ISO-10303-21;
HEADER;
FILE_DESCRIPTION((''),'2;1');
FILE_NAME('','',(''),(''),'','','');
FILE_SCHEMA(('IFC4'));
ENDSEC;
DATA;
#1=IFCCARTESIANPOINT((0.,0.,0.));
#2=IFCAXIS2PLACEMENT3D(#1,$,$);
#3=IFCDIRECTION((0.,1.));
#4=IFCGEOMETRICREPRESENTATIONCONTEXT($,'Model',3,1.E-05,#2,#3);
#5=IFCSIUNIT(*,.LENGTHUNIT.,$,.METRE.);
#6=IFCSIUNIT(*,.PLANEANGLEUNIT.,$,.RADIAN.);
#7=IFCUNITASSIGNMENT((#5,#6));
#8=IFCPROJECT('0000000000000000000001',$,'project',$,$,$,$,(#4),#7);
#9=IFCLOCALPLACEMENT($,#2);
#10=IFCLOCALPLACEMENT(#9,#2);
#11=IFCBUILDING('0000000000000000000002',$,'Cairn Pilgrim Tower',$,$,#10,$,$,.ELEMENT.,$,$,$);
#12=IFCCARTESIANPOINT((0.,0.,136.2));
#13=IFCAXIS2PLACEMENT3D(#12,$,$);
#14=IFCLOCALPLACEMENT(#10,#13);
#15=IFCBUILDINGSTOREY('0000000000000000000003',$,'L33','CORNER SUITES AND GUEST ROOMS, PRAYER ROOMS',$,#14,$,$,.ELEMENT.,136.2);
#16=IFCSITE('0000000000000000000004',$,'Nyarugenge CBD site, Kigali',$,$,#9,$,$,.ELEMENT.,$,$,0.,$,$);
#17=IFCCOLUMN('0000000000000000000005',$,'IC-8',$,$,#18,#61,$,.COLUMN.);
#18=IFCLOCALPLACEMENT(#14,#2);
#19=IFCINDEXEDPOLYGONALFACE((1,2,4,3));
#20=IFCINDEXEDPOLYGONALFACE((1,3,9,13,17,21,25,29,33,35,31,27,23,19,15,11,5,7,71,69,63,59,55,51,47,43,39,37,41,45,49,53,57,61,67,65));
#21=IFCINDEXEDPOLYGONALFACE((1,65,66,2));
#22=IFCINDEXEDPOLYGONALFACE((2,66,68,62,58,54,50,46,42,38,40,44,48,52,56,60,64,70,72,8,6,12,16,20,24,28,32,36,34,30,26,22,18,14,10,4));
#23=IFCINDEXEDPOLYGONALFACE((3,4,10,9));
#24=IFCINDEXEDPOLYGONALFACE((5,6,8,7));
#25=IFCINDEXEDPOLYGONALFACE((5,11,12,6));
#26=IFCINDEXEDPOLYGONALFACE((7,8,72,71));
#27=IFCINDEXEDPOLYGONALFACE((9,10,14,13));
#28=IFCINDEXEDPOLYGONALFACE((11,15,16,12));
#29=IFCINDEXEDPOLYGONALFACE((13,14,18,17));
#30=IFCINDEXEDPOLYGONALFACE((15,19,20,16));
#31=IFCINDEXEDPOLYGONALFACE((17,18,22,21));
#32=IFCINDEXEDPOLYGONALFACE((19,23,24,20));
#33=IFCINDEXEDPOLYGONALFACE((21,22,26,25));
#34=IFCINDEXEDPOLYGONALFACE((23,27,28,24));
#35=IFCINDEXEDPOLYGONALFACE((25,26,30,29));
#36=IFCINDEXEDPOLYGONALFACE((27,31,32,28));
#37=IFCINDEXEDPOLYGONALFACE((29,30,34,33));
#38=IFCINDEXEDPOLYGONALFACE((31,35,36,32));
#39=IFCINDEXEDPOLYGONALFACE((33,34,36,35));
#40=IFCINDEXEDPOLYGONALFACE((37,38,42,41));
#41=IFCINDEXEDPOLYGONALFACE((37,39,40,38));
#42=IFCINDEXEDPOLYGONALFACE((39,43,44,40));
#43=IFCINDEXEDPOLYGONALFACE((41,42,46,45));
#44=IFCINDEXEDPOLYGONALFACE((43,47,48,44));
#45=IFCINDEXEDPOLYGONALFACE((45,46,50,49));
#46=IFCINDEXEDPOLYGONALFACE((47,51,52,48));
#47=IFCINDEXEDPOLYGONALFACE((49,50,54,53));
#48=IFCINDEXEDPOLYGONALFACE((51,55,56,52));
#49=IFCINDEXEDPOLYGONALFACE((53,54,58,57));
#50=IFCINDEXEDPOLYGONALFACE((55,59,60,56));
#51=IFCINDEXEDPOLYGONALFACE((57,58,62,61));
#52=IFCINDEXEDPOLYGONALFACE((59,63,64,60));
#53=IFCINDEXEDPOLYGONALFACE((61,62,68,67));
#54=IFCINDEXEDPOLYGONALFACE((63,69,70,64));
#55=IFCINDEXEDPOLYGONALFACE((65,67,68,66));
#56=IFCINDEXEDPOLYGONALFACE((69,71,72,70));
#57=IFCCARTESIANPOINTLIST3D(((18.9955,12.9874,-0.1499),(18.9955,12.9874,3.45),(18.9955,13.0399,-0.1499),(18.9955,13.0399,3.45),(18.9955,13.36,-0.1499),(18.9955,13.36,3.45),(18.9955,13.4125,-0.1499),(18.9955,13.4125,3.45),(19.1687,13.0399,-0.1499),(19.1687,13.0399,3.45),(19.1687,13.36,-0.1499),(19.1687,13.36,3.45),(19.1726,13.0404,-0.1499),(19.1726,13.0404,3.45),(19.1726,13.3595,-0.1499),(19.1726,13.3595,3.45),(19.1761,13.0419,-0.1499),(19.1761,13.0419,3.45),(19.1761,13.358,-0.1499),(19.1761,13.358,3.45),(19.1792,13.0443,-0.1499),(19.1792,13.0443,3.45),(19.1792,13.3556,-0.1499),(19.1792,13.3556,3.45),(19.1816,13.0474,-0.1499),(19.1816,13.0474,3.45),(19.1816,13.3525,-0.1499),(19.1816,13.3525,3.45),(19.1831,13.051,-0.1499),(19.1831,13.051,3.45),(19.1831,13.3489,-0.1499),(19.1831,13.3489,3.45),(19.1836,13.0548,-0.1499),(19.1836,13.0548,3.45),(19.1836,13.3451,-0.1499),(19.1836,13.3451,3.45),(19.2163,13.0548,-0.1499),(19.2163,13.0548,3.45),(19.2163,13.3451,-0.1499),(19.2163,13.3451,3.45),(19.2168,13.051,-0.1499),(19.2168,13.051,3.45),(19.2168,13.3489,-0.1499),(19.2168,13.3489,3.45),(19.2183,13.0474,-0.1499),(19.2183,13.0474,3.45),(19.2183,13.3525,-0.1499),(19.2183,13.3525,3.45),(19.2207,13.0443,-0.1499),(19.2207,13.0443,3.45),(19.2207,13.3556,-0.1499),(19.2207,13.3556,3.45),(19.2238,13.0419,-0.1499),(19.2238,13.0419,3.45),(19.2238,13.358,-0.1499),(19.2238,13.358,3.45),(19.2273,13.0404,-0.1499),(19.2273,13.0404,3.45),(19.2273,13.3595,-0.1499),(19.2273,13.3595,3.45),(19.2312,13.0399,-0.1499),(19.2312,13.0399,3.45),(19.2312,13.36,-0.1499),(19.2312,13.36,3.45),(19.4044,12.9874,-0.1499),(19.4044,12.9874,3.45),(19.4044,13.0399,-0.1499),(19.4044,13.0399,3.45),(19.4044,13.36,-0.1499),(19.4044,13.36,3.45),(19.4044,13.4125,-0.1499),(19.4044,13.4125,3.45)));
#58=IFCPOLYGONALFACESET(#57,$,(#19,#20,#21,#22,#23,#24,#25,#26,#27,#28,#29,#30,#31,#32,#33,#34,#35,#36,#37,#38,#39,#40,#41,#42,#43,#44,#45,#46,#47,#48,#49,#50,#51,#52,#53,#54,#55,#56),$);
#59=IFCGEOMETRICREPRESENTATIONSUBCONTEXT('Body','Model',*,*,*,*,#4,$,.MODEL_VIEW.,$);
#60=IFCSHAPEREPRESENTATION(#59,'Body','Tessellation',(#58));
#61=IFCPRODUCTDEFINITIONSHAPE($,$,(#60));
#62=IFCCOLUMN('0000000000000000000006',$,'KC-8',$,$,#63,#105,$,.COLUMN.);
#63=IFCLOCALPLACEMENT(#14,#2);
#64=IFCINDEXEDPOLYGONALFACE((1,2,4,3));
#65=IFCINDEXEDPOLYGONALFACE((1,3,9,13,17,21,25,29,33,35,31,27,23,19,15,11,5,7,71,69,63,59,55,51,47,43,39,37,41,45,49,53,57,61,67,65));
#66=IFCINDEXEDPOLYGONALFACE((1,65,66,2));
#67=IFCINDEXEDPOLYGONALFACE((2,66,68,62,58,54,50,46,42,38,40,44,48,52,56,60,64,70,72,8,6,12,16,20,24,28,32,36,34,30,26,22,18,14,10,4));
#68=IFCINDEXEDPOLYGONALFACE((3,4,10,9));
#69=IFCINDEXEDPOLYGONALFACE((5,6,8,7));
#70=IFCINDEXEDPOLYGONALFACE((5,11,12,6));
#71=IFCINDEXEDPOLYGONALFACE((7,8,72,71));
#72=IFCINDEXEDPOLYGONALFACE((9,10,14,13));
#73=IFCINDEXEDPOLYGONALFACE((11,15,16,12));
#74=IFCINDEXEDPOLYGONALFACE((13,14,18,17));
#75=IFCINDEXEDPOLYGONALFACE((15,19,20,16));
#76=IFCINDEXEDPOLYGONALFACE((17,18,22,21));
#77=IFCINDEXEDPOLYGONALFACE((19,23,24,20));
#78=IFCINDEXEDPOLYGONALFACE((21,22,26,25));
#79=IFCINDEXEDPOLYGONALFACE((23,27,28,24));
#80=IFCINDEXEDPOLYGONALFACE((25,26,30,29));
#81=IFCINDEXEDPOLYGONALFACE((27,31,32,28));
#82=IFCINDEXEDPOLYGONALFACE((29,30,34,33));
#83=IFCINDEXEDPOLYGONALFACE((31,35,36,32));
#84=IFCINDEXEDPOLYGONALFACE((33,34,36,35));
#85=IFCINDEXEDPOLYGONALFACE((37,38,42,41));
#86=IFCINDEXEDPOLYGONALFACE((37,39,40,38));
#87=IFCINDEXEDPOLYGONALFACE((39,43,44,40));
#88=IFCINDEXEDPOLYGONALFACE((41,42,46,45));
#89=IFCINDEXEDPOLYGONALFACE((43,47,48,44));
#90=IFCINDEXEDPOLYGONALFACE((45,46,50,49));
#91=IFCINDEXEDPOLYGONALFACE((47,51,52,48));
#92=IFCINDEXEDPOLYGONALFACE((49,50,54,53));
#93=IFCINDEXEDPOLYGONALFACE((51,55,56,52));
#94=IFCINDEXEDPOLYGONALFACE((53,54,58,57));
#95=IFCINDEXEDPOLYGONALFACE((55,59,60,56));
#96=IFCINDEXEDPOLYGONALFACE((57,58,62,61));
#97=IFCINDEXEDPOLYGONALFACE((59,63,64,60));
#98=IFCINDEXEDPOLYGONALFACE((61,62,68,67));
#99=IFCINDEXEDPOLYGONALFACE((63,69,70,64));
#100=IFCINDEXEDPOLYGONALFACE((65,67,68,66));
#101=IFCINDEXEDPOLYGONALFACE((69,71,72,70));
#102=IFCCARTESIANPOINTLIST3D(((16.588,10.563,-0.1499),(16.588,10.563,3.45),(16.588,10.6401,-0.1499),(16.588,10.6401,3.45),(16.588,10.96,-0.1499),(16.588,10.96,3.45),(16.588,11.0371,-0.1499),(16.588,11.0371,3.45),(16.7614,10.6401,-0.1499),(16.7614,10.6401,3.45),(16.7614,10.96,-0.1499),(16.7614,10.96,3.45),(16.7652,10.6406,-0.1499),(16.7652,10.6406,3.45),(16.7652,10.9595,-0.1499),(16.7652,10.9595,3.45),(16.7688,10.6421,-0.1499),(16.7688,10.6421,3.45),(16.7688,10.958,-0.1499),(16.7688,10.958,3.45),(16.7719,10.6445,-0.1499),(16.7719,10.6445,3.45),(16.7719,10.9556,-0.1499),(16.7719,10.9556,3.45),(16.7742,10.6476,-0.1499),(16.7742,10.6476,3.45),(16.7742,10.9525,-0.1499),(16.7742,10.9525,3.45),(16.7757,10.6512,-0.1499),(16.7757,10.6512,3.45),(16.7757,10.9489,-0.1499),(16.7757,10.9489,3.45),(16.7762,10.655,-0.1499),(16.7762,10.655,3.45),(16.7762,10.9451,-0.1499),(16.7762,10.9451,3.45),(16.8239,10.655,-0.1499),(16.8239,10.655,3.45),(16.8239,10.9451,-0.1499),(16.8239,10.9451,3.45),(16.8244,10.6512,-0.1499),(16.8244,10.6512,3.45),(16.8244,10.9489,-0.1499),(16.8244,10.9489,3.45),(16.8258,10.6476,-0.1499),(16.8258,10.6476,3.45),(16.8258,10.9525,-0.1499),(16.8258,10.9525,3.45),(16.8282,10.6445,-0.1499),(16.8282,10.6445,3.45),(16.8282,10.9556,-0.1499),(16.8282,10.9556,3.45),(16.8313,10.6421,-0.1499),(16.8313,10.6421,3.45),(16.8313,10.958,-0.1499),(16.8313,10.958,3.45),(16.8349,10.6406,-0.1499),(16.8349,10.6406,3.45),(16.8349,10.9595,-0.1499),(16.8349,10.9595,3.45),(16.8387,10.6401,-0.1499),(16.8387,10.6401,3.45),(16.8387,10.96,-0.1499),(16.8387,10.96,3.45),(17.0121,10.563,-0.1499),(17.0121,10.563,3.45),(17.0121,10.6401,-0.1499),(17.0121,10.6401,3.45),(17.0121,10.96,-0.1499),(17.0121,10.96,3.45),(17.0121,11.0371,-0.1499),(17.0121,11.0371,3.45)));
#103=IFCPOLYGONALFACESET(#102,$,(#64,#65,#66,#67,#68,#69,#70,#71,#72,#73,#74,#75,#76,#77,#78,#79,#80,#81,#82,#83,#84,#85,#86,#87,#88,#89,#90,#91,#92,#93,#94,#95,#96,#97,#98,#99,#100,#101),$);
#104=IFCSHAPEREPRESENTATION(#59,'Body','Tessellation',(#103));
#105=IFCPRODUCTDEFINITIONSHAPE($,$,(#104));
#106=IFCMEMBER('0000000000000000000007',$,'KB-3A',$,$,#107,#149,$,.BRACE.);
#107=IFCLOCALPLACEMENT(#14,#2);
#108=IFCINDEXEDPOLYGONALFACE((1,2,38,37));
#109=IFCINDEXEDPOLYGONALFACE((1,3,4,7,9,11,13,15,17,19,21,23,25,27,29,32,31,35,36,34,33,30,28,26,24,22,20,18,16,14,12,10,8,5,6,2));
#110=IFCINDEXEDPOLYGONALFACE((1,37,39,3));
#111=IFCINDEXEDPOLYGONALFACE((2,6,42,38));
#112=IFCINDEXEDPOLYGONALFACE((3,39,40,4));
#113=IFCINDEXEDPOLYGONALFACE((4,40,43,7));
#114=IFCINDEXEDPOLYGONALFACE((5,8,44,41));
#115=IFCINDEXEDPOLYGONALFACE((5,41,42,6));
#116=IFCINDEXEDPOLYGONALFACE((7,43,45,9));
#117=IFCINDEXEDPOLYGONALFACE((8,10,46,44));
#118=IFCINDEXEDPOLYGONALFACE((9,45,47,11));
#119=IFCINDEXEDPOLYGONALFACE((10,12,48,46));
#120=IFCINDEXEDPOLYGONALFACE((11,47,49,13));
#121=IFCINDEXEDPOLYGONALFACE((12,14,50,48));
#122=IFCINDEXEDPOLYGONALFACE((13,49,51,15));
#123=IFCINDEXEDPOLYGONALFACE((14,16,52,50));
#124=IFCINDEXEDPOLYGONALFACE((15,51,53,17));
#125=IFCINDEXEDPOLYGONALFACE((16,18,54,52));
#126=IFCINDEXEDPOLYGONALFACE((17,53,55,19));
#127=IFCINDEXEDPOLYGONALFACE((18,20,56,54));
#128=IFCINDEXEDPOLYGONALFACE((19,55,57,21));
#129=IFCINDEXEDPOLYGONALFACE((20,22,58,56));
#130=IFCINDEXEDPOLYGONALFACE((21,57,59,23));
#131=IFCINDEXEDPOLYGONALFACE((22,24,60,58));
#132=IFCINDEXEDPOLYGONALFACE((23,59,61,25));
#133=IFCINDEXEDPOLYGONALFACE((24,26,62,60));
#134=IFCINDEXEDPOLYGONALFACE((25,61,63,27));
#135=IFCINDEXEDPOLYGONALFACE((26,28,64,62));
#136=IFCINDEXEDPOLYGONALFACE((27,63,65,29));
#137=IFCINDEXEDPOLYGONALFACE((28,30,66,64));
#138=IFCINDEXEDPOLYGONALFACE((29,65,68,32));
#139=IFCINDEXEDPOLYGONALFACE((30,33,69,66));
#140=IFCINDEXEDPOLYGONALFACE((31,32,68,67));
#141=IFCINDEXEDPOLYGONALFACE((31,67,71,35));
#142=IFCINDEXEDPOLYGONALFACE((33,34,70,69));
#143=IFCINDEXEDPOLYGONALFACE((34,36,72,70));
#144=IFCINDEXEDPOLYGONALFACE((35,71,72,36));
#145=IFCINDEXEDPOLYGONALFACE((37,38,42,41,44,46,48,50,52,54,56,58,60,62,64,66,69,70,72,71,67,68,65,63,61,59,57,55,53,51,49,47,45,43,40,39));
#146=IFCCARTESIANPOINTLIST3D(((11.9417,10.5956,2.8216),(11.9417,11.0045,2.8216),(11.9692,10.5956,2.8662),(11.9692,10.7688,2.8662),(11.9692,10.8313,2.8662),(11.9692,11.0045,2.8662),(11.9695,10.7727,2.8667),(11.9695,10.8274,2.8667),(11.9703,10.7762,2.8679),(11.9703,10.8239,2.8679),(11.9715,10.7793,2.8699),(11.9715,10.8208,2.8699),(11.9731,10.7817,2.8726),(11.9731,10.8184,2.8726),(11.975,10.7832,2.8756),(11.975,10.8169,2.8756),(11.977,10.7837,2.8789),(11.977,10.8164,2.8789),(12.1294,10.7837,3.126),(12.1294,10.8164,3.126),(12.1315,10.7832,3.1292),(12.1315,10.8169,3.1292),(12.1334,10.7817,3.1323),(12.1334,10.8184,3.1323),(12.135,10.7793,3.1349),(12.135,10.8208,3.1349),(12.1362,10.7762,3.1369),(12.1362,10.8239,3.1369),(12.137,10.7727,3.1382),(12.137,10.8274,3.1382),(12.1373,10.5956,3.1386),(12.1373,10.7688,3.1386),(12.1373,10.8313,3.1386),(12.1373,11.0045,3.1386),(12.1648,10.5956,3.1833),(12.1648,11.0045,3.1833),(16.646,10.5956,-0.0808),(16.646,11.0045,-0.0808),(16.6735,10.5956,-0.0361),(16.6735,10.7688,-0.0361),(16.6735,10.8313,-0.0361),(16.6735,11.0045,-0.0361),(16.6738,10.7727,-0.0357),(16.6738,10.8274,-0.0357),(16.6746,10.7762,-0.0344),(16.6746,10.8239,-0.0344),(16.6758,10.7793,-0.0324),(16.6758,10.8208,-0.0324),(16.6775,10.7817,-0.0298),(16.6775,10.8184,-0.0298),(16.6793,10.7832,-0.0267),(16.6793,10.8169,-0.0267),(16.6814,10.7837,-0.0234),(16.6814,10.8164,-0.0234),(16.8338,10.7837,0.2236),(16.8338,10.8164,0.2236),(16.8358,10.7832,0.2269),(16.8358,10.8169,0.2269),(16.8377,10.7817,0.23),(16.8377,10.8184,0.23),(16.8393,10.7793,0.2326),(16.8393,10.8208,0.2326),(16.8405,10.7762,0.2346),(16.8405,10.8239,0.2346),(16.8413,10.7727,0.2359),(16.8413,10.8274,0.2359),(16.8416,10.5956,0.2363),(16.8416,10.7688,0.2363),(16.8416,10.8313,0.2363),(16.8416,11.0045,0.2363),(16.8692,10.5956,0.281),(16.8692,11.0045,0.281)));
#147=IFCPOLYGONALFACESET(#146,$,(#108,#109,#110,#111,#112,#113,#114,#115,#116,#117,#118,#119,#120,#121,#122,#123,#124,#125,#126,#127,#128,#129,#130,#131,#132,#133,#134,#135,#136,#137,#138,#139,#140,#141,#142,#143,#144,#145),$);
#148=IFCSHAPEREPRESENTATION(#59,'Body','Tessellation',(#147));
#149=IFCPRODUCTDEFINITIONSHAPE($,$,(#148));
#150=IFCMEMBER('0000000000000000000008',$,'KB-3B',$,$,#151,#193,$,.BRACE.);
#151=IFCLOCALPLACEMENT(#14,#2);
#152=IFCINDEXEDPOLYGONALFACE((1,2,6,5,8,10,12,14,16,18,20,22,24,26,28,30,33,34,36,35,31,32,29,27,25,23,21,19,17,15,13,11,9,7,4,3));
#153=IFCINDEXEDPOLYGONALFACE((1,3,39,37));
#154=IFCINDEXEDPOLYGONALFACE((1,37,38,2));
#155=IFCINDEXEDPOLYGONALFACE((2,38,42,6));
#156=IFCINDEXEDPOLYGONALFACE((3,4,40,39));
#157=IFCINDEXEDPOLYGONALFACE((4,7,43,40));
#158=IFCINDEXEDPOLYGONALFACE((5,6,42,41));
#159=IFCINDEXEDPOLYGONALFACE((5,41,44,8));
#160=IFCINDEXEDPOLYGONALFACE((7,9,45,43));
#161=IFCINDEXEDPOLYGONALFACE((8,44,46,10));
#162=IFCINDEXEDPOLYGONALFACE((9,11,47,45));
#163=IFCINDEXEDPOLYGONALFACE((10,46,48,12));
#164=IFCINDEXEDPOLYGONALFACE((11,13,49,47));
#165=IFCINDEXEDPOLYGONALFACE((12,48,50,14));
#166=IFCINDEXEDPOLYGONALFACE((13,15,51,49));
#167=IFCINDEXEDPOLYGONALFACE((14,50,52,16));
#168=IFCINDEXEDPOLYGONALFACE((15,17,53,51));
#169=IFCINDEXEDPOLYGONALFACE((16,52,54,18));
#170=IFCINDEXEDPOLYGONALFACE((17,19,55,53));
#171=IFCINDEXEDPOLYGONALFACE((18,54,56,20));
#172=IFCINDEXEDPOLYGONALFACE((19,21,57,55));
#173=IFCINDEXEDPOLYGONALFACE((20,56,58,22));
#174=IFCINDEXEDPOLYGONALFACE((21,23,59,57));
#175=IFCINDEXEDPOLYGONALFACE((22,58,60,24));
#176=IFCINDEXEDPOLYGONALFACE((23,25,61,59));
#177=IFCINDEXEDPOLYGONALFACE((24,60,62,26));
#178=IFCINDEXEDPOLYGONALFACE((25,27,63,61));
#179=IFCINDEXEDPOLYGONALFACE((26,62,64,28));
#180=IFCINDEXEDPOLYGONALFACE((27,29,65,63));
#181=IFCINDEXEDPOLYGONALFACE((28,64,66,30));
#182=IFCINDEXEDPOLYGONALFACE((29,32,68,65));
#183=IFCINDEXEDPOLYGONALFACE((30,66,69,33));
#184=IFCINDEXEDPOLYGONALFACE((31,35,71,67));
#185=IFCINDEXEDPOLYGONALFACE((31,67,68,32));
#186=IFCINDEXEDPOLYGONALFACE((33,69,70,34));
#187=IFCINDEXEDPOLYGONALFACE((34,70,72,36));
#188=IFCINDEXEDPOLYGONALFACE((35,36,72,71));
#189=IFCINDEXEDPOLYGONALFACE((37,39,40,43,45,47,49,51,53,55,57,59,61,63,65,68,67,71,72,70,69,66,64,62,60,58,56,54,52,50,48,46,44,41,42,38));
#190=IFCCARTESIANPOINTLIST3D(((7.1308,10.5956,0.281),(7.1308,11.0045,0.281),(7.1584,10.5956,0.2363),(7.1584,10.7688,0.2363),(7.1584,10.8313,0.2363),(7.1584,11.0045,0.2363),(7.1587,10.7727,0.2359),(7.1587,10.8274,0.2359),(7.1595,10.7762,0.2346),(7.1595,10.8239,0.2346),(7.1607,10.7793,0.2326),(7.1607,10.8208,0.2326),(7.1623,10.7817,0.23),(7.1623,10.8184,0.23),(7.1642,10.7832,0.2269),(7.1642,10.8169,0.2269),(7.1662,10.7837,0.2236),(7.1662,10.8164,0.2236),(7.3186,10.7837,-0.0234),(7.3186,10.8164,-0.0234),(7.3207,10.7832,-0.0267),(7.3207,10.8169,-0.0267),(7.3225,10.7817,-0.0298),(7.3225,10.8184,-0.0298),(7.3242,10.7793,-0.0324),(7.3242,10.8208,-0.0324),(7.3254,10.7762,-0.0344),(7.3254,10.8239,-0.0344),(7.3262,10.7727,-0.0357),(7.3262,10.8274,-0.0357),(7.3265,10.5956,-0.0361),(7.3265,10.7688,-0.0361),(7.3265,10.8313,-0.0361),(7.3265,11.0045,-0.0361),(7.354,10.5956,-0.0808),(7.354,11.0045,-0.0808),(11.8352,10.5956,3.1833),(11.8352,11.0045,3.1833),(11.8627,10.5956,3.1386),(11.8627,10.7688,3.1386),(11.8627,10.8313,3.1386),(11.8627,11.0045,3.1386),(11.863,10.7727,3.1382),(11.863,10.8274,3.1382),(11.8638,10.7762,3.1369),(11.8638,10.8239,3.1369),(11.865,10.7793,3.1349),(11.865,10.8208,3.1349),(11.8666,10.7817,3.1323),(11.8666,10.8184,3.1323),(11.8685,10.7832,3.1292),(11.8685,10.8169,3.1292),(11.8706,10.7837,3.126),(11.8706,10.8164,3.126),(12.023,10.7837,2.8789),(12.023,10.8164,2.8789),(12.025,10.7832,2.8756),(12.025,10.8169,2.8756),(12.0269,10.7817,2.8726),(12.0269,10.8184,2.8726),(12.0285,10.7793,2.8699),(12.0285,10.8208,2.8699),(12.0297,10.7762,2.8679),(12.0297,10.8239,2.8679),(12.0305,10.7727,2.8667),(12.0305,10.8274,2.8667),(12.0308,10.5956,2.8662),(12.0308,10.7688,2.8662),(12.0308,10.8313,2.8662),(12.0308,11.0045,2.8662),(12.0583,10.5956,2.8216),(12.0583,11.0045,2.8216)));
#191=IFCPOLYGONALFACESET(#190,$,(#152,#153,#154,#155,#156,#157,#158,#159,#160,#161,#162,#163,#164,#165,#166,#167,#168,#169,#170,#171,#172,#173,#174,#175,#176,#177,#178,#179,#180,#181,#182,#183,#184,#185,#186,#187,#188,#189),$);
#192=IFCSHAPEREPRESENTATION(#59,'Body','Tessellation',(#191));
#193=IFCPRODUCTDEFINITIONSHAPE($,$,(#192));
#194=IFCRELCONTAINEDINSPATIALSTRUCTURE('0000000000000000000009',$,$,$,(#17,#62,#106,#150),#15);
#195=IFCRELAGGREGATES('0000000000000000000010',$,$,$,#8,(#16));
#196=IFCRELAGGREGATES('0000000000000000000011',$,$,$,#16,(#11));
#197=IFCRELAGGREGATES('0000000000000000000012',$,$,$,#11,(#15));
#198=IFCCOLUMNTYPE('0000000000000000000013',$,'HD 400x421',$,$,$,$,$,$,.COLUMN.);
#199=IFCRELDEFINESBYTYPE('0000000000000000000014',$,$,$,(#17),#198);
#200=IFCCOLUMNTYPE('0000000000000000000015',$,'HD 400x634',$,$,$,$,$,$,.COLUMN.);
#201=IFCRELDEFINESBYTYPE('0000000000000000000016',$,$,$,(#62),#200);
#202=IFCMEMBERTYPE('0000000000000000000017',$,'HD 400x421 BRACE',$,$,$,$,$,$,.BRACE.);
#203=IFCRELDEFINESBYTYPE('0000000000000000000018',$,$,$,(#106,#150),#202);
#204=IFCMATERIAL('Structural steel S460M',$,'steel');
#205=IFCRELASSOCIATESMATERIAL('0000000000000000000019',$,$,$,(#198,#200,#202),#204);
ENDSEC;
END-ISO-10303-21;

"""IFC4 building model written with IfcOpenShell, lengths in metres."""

from ifc_helpers import new_model, si_unit, direction, frame, origin, origin_2d, place, context, subcontext, project, spatial, i_section, extrude, material, material_profile, profile_set, type_object, element, save


model = new_model("IFC4")

# Units and contexts
model_context = context("Model", 3, precision=1e-05, world=origin(), true_north=direction((0.0, 1.0)))
body_context = subcontext(model_context, "Body", "Model", "MODEL_VIEW")
ifc_project = project(units=[si_unit("LENGTHUNIT", "METRE"), si_unit("PLANEANGLEUNIT", "RADIAN")], contexts=[model_context])

# Site, building, storey
site_placement = place(None, origin())
site = spatial("IfcSite", under=ifc_project, at=site_placement, Name="Nyarugenge CBD site, Kigali", CompositionType="ELEMENT", RefElevation=0.0)
building_placement = place(site_placement, origin())
building = spatial("IfcBuilding", under=site, at=building_placement, Name="Cairn Pilgrim Tower", CompositionType="ELEMENT")
storey_placement = place(building_placement, frame((0.0, 0.0, 136.2)))
storey = spatial("IfcBuildingStorey", under=building, at=storey_placement, Name="L33", Description="CORNER SUITES AND GUEST ROOMS, PRAYER ROOMS", CompositionType="ELEMENT", Elevation=136.2)

# Columns
ifc_material_1 = material(Name="Structural steel S460M", Category="steel")
ifc_material_profile_1 = material_profile(ifc_material_1, i_section(OverallWidth=0.4089, OverallDepth=0.425, WebThickness=0.0327, FlangeThickness=0.0525, FilletRadius=0.0149, at=origin_2d()), Name="HD 400x421")
ifc_profile_set_1 = profile_set([ifc_material_profile_1], Name="Structural steel S460M")
column_type_1 = type_object("IfcColumnType", Name="HD 400x421", PredefinedType="COLUMN", material=ifc_profile_set_1)
column_1_placement = place(storey_placement, frame((19.2, 13.2, -0.1499), z_axis=(0.0, 0.0, 1.0), x_axis=(1.0, 0.0, 0.0)))
element("IfcColumn", 1, at=column_1_placement, inside=storey, type_object=column_type_1, Name="IC-8", PredefinedType="COLUMN", context=body_context, shape_type="SweptSolid", body=[
    extrude(i_section(OverallWidth=0.4089, OverallDepth=0.425, WebThickness=0.0327, FlangeThickness=0.0525, FilletRadius=0.0149, at=origin_2d()), origin(), (0.0, 0.0, 1.0), 3.5999),
])
ifc_material_profile_2 = material_profile(ifc_material_1, i_section(OverallWidth=0.4241, OverallDepth=0.4741, WebThickness=0.0476, FlangeThickness=0.0771, FilletRadius=0.0149, at=origin_2d()), Name="HD 400x634")
ifc_profile_set_2 = profile_set([ifc_material_profile_2], Name="Structural steel S460M")
column_type_2 = type_object("IfcColumnType", Name="HD 400x634", PredefinedType="COLUMN", material=ifc_profile_set_2)
column_2_placement = place(storey_placement, frame((16.8, 10.8, -0.1499), z_axis=(0.0, 0.0, 1.0), x_axis=(1.0, 0.0, 0.0)))
element("IfcColumn", 2, at=column_2_placement, inside=storey, type_object=column_type_2, Name="KC-8", PredefinedType="COLUMN", context=body_context, shape_type="SweptSolid", body=[
    extrude(i_section(OverallWidth=0.4241, OverallDepth=0.4741, WebThickness=0.0476, FlangeThickness=0.0771, FilletRadius=0.0149, at=origin_2d()), origin(), (0.0, 0.0, 1.0), 3.5999),
])

# Members
ifc_material_profile_3 = material_profile(ifc_material_1, i_section(OverallWidth=0.4089, OverallDepth=0.425, WebThickness=0.0327, FlangeThickness=0.0525, FilletRadius=0.0149, at=origin_2d()), Name="HD 400x421")
ifc_profile_set_3 = profile_set([ifc_material_profile_3], Name="Structural steel S460M")
member_type = type_object("IfcMemberType", Name="HD 400x421 BRACE", PredefinedType="BRACE", material=ifc_profile_set_3)
for number, where, z_axis, x_axis, name in (
    (3, (16.7576, 10.8, 0.1001), (-0.851063, 0.0, 0.525063), (0.0, -1.0, 0.0), "KB-3A"),
    (4, (7.2424, 10.8, 0.1001), (0.851063, 0.0, 0.525063), (0.0, 1.0, 0.0), "KB-3B"),
):
    element("IfcMember", number, at=place(storey_placement, frame(where, z_axis=z_axis, x_axis=x_axis)), inside=storey, type_object=member_type, Name=name, PredefinedType="BRACE", context=body_context, shape_type="SweptSolid", body=[
        extrude(i_section(OverallWidth=0.4089, OverallDepth=0.425, WebThickness=0.0327, FlangeThickness=0.0525, FilletRadius=0.0149, at=origin_2d()), origin(), (0.0, 0.0, 1.0), 5.5276),
    ])

save(model, "model.ifc")
